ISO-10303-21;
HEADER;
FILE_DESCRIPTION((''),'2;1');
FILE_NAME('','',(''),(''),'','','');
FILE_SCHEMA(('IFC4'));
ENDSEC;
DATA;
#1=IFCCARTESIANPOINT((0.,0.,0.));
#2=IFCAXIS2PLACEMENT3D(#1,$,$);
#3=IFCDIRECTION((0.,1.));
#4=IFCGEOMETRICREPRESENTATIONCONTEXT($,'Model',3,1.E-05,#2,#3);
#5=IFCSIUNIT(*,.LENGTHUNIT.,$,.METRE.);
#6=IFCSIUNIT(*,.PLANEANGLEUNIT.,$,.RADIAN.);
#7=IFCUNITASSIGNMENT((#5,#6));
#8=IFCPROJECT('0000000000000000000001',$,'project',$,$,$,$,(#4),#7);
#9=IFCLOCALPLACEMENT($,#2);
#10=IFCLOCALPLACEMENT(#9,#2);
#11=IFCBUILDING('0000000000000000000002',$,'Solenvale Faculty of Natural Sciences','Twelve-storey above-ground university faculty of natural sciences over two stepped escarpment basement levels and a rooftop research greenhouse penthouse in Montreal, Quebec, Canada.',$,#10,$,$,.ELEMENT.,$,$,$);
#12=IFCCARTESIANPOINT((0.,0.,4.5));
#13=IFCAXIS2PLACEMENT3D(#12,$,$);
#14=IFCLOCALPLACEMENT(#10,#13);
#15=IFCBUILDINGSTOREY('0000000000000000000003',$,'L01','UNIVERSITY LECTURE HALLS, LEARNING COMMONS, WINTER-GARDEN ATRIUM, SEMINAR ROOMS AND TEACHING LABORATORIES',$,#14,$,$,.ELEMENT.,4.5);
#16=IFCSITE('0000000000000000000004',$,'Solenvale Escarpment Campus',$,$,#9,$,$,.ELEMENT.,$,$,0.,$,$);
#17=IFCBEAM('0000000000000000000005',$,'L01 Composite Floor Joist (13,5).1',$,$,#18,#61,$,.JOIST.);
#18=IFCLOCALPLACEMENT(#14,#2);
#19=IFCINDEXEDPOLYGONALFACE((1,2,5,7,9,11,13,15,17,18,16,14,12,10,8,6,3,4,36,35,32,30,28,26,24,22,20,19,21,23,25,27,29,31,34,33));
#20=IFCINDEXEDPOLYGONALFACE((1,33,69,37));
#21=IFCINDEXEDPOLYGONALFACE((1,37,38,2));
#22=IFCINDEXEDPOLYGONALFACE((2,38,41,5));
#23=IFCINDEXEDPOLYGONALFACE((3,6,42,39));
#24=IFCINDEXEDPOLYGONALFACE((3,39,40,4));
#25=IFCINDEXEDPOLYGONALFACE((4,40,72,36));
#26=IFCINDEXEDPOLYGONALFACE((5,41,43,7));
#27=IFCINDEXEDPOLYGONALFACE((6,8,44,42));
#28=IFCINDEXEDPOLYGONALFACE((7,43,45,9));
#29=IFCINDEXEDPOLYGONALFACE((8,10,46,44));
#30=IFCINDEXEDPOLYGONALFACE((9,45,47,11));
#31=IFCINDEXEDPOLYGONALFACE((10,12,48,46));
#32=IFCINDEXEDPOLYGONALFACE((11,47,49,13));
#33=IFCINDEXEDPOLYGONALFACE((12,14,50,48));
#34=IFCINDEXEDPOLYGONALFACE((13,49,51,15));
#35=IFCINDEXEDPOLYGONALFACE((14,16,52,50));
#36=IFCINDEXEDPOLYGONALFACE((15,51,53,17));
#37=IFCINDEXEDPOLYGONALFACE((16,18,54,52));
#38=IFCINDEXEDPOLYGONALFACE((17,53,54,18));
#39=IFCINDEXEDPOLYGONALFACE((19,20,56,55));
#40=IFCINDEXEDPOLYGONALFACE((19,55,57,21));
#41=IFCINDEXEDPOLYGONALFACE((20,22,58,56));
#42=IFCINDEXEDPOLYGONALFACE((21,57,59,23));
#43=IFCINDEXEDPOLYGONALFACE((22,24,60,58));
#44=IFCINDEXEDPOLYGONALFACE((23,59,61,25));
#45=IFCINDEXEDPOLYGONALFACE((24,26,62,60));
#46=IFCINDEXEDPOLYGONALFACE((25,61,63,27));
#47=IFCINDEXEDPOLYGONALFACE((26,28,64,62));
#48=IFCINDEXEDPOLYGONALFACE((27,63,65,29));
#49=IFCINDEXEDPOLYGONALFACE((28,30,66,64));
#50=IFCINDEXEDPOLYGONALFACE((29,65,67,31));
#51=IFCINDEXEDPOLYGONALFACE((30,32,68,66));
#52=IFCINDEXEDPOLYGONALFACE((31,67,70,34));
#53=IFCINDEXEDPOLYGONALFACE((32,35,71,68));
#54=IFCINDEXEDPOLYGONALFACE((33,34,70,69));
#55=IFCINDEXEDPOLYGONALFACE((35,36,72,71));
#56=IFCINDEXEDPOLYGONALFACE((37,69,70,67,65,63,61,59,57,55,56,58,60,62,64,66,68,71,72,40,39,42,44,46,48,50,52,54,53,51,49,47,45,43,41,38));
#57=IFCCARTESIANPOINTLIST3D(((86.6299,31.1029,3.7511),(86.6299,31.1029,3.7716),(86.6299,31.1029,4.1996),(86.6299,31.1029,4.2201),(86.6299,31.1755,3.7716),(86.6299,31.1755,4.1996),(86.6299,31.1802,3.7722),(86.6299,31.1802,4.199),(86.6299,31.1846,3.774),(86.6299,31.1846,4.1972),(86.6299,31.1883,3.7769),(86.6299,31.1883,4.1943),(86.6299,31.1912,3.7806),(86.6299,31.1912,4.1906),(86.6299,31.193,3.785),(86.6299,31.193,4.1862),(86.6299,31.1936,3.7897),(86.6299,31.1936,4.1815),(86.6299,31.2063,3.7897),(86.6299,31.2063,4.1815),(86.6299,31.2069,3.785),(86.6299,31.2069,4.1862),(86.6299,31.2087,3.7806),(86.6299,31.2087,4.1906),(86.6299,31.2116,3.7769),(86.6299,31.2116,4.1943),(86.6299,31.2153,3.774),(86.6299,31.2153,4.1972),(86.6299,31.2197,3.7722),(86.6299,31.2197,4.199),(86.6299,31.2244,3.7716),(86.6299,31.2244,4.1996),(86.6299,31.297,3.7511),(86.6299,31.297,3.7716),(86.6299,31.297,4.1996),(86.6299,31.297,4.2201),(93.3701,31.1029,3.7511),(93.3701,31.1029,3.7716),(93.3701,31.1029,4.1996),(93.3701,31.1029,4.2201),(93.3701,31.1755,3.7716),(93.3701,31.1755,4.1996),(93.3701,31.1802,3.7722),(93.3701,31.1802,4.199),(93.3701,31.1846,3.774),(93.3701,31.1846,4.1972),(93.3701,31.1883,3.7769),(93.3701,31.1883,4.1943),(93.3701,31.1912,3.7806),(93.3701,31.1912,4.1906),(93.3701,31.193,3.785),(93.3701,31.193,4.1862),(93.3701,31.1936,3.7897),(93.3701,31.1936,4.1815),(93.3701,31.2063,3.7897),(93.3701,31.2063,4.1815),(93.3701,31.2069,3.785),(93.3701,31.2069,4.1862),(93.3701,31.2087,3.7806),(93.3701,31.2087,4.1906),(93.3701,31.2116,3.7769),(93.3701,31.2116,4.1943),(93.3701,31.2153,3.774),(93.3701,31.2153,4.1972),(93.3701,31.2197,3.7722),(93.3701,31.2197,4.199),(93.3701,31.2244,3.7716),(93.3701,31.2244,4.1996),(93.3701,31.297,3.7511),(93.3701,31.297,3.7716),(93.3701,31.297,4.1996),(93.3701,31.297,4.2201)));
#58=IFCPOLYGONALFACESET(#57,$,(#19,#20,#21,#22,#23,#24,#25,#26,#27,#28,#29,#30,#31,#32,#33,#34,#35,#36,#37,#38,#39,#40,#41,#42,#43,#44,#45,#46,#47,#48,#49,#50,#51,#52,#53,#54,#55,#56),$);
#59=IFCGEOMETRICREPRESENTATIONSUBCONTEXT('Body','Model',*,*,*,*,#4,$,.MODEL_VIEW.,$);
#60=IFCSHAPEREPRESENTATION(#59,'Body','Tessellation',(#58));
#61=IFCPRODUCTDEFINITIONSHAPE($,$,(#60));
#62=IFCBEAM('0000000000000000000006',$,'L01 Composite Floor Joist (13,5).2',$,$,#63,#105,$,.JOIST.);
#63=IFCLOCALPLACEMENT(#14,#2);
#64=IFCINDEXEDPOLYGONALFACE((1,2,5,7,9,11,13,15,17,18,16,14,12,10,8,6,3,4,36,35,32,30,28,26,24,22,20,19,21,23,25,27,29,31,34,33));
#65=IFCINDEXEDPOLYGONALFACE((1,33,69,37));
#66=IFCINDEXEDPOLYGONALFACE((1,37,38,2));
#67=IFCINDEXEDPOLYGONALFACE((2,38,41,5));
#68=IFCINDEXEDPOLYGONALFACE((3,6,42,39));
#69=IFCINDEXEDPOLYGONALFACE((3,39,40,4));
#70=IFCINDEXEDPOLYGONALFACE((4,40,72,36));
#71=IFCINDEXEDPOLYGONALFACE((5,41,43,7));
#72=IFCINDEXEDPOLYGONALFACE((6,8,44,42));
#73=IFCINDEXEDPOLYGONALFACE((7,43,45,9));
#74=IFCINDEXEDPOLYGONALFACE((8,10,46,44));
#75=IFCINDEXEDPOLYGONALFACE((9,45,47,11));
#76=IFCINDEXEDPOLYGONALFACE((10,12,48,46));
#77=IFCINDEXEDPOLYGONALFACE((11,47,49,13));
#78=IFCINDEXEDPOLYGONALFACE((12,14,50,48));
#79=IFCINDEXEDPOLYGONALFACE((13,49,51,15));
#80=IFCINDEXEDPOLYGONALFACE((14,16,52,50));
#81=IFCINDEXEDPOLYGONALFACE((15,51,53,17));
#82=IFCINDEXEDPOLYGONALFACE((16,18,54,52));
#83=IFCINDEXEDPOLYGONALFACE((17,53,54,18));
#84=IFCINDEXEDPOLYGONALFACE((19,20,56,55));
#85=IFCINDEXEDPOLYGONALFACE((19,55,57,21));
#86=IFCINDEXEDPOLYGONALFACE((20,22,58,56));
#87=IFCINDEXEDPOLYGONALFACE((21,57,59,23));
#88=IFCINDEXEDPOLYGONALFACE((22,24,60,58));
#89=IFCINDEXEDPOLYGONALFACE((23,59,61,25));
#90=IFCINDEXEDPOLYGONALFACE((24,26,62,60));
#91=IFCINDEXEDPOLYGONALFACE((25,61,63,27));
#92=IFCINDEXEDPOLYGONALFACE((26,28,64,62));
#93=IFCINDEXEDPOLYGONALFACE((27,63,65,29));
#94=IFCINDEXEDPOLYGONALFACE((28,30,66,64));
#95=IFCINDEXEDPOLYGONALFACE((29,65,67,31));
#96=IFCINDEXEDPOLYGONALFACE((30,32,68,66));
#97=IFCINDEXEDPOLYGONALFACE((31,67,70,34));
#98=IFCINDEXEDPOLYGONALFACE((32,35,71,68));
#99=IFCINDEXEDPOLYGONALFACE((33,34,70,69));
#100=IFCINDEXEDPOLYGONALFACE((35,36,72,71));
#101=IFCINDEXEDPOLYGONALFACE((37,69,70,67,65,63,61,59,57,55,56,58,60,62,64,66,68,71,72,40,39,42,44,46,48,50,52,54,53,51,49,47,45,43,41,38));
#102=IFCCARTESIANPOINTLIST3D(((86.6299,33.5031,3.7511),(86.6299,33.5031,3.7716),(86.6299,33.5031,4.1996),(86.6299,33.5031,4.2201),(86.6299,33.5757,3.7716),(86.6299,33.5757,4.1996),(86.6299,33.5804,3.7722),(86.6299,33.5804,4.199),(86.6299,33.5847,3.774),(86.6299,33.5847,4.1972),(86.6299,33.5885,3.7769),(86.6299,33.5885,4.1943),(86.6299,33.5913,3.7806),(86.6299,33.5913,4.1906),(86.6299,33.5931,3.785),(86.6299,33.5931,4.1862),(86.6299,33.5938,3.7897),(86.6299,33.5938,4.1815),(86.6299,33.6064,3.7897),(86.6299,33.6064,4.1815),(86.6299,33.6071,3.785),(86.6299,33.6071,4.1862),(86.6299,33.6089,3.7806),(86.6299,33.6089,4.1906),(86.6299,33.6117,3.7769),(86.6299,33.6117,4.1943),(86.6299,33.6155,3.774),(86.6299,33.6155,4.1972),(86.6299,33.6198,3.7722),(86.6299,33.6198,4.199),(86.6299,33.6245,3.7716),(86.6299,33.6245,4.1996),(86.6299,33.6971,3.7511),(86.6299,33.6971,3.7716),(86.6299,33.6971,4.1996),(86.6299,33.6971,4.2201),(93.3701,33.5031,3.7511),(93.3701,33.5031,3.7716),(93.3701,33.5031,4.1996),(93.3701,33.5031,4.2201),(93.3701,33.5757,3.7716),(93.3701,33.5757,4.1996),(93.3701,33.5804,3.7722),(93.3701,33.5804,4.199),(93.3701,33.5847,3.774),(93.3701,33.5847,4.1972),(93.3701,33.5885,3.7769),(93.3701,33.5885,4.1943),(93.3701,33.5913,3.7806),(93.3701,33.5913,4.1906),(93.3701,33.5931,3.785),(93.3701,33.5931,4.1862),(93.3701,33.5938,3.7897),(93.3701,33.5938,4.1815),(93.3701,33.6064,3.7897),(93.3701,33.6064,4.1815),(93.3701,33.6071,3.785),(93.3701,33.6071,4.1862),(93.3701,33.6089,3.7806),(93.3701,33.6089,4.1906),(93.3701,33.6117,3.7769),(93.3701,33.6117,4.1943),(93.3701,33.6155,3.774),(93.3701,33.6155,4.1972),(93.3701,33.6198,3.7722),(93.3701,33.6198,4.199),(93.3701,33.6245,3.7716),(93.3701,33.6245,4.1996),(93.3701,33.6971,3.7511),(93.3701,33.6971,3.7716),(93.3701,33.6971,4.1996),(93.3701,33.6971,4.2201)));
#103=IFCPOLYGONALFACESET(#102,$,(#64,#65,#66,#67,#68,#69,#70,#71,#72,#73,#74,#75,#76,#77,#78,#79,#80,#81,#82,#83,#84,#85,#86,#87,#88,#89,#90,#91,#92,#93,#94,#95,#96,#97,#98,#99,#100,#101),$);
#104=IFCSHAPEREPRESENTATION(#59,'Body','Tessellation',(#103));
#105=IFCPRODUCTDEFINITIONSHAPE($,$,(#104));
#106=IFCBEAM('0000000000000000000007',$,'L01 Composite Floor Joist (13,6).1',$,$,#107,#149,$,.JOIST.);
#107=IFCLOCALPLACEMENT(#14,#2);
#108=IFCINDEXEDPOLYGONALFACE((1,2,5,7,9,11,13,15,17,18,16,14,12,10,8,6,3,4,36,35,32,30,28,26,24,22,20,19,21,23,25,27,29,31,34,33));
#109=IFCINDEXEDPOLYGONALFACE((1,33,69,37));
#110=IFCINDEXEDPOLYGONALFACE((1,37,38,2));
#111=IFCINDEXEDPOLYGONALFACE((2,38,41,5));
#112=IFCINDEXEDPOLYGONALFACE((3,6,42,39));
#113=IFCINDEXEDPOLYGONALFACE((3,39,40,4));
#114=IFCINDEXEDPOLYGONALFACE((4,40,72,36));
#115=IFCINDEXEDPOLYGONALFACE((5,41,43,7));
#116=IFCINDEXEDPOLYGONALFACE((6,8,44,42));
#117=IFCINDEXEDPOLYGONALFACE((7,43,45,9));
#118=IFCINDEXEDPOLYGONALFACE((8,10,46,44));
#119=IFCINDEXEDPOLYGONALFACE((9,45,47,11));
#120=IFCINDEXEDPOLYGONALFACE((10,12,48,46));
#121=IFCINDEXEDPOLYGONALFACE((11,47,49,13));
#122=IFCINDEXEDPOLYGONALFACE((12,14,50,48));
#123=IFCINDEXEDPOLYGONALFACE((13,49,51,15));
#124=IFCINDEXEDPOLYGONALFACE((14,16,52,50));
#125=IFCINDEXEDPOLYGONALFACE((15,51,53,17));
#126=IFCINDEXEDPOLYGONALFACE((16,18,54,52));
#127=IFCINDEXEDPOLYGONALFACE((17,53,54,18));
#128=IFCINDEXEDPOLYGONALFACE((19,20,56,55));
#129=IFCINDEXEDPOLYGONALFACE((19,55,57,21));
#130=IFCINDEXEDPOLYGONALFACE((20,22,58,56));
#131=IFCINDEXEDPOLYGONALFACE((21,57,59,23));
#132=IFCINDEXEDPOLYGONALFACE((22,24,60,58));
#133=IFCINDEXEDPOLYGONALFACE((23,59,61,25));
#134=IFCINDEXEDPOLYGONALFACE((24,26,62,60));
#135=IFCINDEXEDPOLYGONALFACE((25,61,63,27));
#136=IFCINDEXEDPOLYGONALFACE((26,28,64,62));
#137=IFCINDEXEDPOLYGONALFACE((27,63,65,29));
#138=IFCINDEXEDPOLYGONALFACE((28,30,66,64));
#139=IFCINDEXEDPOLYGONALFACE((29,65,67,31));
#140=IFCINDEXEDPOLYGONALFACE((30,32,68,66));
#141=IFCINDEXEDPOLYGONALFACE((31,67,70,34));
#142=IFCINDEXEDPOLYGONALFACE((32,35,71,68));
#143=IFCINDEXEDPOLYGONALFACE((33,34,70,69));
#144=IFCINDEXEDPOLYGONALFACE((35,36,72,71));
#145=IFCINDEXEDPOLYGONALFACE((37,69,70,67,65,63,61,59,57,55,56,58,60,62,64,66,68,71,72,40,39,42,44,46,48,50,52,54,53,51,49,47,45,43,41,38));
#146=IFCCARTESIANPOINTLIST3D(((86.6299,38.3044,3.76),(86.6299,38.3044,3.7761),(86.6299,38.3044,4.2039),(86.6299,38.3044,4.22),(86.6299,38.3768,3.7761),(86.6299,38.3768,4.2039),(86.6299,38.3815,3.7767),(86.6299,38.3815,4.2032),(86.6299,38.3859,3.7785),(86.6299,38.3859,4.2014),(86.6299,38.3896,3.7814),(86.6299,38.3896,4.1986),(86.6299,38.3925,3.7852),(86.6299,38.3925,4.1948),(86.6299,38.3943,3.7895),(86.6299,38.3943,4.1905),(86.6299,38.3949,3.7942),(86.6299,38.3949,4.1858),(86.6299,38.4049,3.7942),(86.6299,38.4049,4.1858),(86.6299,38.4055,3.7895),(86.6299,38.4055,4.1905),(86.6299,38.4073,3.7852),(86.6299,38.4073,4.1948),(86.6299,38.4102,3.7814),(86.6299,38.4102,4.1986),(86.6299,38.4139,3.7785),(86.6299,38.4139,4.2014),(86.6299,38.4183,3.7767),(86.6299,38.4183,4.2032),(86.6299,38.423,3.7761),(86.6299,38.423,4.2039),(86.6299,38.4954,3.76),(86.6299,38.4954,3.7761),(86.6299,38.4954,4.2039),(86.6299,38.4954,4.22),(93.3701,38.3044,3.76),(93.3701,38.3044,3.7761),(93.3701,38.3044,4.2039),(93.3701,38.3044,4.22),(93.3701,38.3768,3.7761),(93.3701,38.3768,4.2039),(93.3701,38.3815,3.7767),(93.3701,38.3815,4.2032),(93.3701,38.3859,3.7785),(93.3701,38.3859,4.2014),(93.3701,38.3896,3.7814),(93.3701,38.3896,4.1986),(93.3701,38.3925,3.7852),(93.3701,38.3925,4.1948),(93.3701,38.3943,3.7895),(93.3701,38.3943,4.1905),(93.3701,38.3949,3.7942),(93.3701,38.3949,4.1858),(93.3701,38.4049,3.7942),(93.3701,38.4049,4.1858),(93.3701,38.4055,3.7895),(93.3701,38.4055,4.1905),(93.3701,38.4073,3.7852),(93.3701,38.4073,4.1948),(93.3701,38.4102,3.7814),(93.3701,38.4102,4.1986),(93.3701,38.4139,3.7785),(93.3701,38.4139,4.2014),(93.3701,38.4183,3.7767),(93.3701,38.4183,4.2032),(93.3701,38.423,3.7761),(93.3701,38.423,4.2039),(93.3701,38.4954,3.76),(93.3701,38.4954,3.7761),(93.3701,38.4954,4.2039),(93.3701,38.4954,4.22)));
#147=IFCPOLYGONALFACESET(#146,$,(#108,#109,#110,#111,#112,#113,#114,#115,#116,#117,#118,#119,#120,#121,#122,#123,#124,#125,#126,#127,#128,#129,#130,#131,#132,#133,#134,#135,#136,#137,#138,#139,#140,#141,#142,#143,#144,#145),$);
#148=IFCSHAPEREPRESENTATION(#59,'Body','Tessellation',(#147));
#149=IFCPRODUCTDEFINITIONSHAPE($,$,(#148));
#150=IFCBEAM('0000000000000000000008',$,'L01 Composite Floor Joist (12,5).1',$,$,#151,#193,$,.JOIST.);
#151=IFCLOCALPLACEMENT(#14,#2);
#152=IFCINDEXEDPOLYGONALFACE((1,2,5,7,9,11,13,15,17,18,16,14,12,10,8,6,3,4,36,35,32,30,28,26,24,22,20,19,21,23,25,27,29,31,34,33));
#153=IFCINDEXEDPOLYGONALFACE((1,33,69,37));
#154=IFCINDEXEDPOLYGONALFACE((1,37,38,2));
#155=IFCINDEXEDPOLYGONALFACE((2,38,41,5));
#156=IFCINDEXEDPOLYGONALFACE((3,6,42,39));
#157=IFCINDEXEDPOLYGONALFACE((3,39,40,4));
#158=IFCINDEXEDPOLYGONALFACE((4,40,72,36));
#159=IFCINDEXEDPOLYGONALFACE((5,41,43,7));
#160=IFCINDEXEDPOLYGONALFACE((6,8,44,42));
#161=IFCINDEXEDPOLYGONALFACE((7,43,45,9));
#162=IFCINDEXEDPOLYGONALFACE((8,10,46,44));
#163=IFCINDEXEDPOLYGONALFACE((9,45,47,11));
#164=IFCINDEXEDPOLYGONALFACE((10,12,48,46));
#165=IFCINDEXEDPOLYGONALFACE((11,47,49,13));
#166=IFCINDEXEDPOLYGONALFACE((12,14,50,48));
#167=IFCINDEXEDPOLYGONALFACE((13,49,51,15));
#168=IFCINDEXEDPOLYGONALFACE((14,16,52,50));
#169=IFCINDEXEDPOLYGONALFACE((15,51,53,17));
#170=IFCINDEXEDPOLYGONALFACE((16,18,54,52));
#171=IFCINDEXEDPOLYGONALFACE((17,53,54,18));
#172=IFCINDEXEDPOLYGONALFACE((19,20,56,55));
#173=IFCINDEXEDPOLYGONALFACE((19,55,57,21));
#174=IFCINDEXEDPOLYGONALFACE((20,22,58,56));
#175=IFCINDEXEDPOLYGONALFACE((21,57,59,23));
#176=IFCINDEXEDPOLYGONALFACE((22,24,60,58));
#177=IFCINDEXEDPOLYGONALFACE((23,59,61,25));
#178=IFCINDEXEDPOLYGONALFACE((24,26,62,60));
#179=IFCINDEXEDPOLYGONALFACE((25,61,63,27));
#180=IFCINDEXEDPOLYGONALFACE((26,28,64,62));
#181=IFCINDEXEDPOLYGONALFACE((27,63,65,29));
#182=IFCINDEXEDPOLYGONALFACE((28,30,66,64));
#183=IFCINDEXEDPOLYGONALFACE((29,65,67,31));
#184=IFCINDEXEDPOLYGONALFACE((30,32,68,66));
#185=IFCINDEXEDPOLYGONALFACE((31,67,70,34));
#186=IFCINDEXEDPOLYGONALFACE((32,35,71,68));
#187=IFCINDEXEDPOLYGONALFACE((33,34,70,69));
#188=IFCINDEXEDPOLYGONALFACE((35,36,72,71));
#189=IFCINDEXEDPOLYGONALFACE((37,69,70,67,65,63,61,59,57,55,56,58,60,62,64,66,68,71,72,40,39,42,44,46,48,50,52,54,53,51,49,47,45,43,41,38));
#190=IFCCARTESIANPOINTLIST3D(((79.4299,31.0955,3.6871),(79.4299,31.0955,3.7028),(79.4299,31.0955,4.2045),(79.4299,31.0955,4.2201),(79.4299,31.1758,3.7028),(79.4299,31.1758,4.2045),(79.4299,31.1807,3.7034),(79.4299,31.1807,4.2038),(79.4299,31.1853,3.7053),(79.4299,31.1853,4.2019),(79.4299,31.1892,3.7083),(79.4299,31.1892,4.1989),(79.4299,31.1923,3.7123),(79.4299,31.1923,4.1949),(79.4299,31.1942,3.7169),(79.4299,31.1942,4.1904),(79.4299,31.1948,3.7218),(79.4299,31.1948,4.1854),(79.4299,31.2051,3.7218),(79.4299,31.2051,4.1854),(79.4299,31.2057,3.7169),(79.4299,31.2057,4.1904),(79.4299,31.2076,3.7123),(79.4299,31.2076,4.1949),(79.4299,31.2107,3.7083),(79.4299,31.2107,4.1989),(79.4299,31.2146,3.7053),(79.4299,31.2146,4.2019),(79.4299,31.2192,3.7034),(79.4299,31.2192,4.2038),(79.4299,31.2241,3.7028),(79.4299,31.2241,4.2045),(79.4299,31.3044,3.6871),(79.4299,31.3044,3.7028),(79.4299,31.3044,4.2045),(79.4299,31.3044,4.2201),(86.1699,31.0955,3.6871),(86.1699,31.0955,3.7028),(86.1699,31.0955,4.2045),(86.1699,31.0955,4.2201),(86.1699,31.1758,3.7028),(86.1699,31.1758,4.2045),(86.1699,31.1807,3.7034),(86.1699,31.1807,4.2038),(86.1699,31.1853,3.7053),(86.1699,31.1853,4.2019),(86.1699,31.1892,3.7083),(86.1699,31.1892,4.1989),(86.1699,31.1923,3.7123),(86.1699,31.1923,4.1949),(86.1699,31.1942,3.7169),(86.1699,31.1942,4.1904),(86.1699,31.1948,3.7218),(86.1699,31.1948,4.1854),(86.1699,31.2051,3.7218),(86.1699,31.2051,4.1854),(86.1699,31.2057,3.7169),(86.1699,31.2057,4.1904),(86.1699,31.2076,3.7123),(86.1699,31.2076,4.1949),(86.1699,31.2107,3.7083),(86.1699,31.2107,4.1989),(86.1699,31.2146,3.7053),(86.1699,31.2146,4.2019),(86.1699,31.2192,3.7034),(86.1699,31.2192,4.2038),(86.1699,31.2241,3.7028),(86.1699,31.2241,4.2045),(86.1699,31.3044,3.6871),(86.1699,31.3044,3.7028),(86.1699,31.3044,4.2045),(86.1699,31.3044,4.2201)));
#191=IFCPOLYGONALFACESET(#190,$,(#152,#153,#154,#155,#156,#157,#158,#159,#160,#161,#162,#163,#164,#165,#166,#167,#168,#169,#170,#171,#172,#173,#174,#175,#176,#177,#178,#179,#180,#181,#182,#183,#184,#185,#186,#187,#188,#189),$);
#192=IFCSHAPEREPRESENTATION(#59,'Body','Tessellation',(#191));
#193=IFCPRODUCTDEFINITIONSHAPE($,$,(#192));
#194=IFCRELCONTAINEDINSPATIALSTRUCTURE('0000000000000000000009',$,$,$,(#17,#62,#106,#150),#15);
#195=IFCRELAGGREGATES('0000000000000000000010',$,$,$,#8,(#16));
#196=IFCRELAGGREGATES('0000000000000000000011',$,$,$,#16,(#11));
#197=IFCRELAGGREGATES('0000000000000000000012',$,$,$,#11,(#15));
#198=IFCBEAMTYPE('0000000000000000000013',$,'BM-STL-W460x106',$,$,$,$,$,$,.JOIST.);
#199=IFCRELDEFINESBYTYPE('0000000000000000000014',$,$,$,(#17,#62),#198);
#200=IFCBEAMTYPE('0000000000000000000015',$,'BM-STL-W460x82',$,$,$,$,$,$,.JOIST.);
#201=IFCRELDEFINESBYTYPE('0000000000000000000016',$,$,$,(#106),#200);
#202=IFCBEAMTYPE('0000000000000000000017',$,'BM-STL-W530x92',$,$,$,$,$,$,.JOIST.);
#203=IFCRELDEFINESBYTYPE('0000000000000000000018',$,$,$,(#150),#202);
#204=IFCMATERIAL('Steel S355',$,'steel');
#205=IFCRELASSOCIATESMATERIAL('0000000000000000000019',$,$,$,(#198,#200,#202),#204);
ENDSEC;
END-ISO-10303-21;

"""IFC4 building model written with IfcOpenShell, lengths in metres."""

from ifc_helpers import new_model, si_unit, direction, frame, origin, origin_2d, place, context, subcontext, project, spatial, i_section, extrude, material, material_profile, profile_set, type_object, element, save


model = new_model("IFC4")

# Units and contexts
model_context = context("Model", 3, precision=1e-05, world=origin(), true_north=direction((0.0, 1.0)))
body_context = subcontext(model_context, "Body", "Model", "MODEL_VIEW")
ifc_project = project(units=[si_unit("LENGTHUNIT", "METRE"), si_unit("PLANEANGLEUNIT", "RADIAN")], contexts=[model_context])

# Site, building, storey
site_placement = place(None, origin())
site = spatial("IfcSite", under=ifc_project, at=site_placement, Name="Solenvale Escarpment Campus", CompositionType="ELEMENT", RefElevation=0.0)
building_placement = place(site_placement, origin())
building = spatial("IfcBuilding", under=site, at=building_placement, Name="Solenvale Faculty of Natural Sciences", Description="Twelve-storey above-ground university faculty of natural sciences over two stepped escarpment basement levels and a rooftop research greenhouse penthouse in Montreal, Quebec, Canada.", CompositionType="ELEMENT")
storey_placement = place(building_placement, frame((0.0, 0.0, 4.5)))
storey = spatial("IfcBuildingStorey", under=building, at=storey_placement, Name="L01", Description="UNIVERSITY LECTURE HALLS, LEARNING COMMONS, WINTER-GARDEN ATRIUM, SEMINAR ROOMS AND TEACHING LABORATORIES", CompositionType="ELEMENT", Elevation=4.5)

# Beams
ifc_material_1 = material(Name="Steel S355", Category="steel")
ifc_material_profile_1 = material_profile(ifc_material_1, i_section(OverallWidth=0.1941, OverallDepth=0.469, WebThickness=0.0127, FlangeThickness=0.0205, FilletRadius=0.0181, at=origin_2d()), Name="W460x106")
ifc_profile_set_1 = profile_set([ifc_material_profile_1], Name="Steel S355")
beam_type_1 = type_object("IfcBeamType", Name="BM-STL-W460x106", PredefinedType="JOIST", material=ifc_profile_set_1)
for number, where, z_axis, x_axis, name in (
    (1, (86.6299, 31.2, 3.9856), (1.0, 0.0, 0.0), (0.0, 1.0, 0.0), "L01 Composite Floor Joist (13,5).1"),
    (2, (86.6299, 33.6001, 3.9856), (1.0, 0.0, 0.0), (0.0, 1.0, 0.0), "L01 Composite Floor Joist (13,5).2"),
):
    element("IfcBeam", number, at=place(storey_placement, frame(where, z_axis=z_axis, x_axis=x_axis)), inside=storey, type_object=beam_type_1, Name=name, PredefinedType="JOIST", context=body_context, shape_type="SweptSolid", body=[
        extrude(i_section(OverallWidth=0.1941, OverallDepth=0.469, WebThickness=0.0127, FlangeThickness=0.0205, FilletRadius=0.0181, at=origin_2d()), origin(), (0.0, 0.0, 1.0), 6.7402),
    ])
ifc_material_profile_2 = material_profile(ifc_material_1, i_section(OverallWidth=0.1909, OverallDepth=0.46, WebThickness=0.01, FlangeThickness=0.0161, FilletRadius=0.0181, at=origin_2d()), Name="W460x82")
ifc_profile_set_2 = profile_set([ifc_material_profile_2], Name="Steel S355")
beam_type_2 = type_object("IfcBeamType", Name="BM-STL-W460x82", PredefinedType="JOIST", material=ifc_profile_set_2)
beam_1_placement = place(storey_placement, frame((86.6299, 38.3999, 3.99), z_axis=(1.0, 0.0, 0.0), x_axis=(0.0, 1.0, 0.0)))
element("IfcBeam", 3, at=beam_1_placement, inside=storey, type_object=beam_type_2, Name="L01 Composite Floor Joist (13,6).1", PredefinedType="JOIST", context=body_context, shape_type="SweptSolid", body=[
    extrude(i_section(OverallWidth=0.1909, OverallDepth=0.46, WebThickness=0.01, FlangeThickness=0.0161, FilletRadius=0.0181, at=origin_2d()), origin(), (0.0, 0.0, 1.0), 6.7402),
])
ifc_material_profile_3 = material_profile(ifc_material_1, i_section(OverallWidth=0.209, OverallDepth=0.533, WebThickness=0.0103, FlangeThickness=0.0156, FilletRadius=0.019, at=origin_2d()), Name="W530x92")
ifc_profile_set_3 = profile_set([ifc_material_profile_3], Name="Steel S355")
beam_type_3 = type_object("IfcBeamType", Name="BM-STL-W530x92", PredefinedType="JOIST", material=ifc_profile_set_3)
for number, where, z_axis, x_axis, name in (
    (4, (79.4299, 31.2, 3.9536), (1.0, 0.0, 0.0), (0.0, 1.0, 0.0), "L01 Composite Floor Joist (12,5).1"),
):
    element("IfcBeam", number, at=place(storey_placement, frame(where, z_axis=z_axis, x_axis=x_axis)), inside=storey, type_object=beam_type_3, Name=name, PredefinedType="JOIST", context=body_context, shape_type="SweptSolid", body=[
        extrude(i_section(OverallWidth=0.209, OverallDepth=0.533, WebThickness=0.0103, FlangeThickness=0.0156, FilletRadius=0.019, at=origin_2d()), origin(), (0.0, 0.0, 1.0), 6.74),
    ])

save(model, "model.ifc")
